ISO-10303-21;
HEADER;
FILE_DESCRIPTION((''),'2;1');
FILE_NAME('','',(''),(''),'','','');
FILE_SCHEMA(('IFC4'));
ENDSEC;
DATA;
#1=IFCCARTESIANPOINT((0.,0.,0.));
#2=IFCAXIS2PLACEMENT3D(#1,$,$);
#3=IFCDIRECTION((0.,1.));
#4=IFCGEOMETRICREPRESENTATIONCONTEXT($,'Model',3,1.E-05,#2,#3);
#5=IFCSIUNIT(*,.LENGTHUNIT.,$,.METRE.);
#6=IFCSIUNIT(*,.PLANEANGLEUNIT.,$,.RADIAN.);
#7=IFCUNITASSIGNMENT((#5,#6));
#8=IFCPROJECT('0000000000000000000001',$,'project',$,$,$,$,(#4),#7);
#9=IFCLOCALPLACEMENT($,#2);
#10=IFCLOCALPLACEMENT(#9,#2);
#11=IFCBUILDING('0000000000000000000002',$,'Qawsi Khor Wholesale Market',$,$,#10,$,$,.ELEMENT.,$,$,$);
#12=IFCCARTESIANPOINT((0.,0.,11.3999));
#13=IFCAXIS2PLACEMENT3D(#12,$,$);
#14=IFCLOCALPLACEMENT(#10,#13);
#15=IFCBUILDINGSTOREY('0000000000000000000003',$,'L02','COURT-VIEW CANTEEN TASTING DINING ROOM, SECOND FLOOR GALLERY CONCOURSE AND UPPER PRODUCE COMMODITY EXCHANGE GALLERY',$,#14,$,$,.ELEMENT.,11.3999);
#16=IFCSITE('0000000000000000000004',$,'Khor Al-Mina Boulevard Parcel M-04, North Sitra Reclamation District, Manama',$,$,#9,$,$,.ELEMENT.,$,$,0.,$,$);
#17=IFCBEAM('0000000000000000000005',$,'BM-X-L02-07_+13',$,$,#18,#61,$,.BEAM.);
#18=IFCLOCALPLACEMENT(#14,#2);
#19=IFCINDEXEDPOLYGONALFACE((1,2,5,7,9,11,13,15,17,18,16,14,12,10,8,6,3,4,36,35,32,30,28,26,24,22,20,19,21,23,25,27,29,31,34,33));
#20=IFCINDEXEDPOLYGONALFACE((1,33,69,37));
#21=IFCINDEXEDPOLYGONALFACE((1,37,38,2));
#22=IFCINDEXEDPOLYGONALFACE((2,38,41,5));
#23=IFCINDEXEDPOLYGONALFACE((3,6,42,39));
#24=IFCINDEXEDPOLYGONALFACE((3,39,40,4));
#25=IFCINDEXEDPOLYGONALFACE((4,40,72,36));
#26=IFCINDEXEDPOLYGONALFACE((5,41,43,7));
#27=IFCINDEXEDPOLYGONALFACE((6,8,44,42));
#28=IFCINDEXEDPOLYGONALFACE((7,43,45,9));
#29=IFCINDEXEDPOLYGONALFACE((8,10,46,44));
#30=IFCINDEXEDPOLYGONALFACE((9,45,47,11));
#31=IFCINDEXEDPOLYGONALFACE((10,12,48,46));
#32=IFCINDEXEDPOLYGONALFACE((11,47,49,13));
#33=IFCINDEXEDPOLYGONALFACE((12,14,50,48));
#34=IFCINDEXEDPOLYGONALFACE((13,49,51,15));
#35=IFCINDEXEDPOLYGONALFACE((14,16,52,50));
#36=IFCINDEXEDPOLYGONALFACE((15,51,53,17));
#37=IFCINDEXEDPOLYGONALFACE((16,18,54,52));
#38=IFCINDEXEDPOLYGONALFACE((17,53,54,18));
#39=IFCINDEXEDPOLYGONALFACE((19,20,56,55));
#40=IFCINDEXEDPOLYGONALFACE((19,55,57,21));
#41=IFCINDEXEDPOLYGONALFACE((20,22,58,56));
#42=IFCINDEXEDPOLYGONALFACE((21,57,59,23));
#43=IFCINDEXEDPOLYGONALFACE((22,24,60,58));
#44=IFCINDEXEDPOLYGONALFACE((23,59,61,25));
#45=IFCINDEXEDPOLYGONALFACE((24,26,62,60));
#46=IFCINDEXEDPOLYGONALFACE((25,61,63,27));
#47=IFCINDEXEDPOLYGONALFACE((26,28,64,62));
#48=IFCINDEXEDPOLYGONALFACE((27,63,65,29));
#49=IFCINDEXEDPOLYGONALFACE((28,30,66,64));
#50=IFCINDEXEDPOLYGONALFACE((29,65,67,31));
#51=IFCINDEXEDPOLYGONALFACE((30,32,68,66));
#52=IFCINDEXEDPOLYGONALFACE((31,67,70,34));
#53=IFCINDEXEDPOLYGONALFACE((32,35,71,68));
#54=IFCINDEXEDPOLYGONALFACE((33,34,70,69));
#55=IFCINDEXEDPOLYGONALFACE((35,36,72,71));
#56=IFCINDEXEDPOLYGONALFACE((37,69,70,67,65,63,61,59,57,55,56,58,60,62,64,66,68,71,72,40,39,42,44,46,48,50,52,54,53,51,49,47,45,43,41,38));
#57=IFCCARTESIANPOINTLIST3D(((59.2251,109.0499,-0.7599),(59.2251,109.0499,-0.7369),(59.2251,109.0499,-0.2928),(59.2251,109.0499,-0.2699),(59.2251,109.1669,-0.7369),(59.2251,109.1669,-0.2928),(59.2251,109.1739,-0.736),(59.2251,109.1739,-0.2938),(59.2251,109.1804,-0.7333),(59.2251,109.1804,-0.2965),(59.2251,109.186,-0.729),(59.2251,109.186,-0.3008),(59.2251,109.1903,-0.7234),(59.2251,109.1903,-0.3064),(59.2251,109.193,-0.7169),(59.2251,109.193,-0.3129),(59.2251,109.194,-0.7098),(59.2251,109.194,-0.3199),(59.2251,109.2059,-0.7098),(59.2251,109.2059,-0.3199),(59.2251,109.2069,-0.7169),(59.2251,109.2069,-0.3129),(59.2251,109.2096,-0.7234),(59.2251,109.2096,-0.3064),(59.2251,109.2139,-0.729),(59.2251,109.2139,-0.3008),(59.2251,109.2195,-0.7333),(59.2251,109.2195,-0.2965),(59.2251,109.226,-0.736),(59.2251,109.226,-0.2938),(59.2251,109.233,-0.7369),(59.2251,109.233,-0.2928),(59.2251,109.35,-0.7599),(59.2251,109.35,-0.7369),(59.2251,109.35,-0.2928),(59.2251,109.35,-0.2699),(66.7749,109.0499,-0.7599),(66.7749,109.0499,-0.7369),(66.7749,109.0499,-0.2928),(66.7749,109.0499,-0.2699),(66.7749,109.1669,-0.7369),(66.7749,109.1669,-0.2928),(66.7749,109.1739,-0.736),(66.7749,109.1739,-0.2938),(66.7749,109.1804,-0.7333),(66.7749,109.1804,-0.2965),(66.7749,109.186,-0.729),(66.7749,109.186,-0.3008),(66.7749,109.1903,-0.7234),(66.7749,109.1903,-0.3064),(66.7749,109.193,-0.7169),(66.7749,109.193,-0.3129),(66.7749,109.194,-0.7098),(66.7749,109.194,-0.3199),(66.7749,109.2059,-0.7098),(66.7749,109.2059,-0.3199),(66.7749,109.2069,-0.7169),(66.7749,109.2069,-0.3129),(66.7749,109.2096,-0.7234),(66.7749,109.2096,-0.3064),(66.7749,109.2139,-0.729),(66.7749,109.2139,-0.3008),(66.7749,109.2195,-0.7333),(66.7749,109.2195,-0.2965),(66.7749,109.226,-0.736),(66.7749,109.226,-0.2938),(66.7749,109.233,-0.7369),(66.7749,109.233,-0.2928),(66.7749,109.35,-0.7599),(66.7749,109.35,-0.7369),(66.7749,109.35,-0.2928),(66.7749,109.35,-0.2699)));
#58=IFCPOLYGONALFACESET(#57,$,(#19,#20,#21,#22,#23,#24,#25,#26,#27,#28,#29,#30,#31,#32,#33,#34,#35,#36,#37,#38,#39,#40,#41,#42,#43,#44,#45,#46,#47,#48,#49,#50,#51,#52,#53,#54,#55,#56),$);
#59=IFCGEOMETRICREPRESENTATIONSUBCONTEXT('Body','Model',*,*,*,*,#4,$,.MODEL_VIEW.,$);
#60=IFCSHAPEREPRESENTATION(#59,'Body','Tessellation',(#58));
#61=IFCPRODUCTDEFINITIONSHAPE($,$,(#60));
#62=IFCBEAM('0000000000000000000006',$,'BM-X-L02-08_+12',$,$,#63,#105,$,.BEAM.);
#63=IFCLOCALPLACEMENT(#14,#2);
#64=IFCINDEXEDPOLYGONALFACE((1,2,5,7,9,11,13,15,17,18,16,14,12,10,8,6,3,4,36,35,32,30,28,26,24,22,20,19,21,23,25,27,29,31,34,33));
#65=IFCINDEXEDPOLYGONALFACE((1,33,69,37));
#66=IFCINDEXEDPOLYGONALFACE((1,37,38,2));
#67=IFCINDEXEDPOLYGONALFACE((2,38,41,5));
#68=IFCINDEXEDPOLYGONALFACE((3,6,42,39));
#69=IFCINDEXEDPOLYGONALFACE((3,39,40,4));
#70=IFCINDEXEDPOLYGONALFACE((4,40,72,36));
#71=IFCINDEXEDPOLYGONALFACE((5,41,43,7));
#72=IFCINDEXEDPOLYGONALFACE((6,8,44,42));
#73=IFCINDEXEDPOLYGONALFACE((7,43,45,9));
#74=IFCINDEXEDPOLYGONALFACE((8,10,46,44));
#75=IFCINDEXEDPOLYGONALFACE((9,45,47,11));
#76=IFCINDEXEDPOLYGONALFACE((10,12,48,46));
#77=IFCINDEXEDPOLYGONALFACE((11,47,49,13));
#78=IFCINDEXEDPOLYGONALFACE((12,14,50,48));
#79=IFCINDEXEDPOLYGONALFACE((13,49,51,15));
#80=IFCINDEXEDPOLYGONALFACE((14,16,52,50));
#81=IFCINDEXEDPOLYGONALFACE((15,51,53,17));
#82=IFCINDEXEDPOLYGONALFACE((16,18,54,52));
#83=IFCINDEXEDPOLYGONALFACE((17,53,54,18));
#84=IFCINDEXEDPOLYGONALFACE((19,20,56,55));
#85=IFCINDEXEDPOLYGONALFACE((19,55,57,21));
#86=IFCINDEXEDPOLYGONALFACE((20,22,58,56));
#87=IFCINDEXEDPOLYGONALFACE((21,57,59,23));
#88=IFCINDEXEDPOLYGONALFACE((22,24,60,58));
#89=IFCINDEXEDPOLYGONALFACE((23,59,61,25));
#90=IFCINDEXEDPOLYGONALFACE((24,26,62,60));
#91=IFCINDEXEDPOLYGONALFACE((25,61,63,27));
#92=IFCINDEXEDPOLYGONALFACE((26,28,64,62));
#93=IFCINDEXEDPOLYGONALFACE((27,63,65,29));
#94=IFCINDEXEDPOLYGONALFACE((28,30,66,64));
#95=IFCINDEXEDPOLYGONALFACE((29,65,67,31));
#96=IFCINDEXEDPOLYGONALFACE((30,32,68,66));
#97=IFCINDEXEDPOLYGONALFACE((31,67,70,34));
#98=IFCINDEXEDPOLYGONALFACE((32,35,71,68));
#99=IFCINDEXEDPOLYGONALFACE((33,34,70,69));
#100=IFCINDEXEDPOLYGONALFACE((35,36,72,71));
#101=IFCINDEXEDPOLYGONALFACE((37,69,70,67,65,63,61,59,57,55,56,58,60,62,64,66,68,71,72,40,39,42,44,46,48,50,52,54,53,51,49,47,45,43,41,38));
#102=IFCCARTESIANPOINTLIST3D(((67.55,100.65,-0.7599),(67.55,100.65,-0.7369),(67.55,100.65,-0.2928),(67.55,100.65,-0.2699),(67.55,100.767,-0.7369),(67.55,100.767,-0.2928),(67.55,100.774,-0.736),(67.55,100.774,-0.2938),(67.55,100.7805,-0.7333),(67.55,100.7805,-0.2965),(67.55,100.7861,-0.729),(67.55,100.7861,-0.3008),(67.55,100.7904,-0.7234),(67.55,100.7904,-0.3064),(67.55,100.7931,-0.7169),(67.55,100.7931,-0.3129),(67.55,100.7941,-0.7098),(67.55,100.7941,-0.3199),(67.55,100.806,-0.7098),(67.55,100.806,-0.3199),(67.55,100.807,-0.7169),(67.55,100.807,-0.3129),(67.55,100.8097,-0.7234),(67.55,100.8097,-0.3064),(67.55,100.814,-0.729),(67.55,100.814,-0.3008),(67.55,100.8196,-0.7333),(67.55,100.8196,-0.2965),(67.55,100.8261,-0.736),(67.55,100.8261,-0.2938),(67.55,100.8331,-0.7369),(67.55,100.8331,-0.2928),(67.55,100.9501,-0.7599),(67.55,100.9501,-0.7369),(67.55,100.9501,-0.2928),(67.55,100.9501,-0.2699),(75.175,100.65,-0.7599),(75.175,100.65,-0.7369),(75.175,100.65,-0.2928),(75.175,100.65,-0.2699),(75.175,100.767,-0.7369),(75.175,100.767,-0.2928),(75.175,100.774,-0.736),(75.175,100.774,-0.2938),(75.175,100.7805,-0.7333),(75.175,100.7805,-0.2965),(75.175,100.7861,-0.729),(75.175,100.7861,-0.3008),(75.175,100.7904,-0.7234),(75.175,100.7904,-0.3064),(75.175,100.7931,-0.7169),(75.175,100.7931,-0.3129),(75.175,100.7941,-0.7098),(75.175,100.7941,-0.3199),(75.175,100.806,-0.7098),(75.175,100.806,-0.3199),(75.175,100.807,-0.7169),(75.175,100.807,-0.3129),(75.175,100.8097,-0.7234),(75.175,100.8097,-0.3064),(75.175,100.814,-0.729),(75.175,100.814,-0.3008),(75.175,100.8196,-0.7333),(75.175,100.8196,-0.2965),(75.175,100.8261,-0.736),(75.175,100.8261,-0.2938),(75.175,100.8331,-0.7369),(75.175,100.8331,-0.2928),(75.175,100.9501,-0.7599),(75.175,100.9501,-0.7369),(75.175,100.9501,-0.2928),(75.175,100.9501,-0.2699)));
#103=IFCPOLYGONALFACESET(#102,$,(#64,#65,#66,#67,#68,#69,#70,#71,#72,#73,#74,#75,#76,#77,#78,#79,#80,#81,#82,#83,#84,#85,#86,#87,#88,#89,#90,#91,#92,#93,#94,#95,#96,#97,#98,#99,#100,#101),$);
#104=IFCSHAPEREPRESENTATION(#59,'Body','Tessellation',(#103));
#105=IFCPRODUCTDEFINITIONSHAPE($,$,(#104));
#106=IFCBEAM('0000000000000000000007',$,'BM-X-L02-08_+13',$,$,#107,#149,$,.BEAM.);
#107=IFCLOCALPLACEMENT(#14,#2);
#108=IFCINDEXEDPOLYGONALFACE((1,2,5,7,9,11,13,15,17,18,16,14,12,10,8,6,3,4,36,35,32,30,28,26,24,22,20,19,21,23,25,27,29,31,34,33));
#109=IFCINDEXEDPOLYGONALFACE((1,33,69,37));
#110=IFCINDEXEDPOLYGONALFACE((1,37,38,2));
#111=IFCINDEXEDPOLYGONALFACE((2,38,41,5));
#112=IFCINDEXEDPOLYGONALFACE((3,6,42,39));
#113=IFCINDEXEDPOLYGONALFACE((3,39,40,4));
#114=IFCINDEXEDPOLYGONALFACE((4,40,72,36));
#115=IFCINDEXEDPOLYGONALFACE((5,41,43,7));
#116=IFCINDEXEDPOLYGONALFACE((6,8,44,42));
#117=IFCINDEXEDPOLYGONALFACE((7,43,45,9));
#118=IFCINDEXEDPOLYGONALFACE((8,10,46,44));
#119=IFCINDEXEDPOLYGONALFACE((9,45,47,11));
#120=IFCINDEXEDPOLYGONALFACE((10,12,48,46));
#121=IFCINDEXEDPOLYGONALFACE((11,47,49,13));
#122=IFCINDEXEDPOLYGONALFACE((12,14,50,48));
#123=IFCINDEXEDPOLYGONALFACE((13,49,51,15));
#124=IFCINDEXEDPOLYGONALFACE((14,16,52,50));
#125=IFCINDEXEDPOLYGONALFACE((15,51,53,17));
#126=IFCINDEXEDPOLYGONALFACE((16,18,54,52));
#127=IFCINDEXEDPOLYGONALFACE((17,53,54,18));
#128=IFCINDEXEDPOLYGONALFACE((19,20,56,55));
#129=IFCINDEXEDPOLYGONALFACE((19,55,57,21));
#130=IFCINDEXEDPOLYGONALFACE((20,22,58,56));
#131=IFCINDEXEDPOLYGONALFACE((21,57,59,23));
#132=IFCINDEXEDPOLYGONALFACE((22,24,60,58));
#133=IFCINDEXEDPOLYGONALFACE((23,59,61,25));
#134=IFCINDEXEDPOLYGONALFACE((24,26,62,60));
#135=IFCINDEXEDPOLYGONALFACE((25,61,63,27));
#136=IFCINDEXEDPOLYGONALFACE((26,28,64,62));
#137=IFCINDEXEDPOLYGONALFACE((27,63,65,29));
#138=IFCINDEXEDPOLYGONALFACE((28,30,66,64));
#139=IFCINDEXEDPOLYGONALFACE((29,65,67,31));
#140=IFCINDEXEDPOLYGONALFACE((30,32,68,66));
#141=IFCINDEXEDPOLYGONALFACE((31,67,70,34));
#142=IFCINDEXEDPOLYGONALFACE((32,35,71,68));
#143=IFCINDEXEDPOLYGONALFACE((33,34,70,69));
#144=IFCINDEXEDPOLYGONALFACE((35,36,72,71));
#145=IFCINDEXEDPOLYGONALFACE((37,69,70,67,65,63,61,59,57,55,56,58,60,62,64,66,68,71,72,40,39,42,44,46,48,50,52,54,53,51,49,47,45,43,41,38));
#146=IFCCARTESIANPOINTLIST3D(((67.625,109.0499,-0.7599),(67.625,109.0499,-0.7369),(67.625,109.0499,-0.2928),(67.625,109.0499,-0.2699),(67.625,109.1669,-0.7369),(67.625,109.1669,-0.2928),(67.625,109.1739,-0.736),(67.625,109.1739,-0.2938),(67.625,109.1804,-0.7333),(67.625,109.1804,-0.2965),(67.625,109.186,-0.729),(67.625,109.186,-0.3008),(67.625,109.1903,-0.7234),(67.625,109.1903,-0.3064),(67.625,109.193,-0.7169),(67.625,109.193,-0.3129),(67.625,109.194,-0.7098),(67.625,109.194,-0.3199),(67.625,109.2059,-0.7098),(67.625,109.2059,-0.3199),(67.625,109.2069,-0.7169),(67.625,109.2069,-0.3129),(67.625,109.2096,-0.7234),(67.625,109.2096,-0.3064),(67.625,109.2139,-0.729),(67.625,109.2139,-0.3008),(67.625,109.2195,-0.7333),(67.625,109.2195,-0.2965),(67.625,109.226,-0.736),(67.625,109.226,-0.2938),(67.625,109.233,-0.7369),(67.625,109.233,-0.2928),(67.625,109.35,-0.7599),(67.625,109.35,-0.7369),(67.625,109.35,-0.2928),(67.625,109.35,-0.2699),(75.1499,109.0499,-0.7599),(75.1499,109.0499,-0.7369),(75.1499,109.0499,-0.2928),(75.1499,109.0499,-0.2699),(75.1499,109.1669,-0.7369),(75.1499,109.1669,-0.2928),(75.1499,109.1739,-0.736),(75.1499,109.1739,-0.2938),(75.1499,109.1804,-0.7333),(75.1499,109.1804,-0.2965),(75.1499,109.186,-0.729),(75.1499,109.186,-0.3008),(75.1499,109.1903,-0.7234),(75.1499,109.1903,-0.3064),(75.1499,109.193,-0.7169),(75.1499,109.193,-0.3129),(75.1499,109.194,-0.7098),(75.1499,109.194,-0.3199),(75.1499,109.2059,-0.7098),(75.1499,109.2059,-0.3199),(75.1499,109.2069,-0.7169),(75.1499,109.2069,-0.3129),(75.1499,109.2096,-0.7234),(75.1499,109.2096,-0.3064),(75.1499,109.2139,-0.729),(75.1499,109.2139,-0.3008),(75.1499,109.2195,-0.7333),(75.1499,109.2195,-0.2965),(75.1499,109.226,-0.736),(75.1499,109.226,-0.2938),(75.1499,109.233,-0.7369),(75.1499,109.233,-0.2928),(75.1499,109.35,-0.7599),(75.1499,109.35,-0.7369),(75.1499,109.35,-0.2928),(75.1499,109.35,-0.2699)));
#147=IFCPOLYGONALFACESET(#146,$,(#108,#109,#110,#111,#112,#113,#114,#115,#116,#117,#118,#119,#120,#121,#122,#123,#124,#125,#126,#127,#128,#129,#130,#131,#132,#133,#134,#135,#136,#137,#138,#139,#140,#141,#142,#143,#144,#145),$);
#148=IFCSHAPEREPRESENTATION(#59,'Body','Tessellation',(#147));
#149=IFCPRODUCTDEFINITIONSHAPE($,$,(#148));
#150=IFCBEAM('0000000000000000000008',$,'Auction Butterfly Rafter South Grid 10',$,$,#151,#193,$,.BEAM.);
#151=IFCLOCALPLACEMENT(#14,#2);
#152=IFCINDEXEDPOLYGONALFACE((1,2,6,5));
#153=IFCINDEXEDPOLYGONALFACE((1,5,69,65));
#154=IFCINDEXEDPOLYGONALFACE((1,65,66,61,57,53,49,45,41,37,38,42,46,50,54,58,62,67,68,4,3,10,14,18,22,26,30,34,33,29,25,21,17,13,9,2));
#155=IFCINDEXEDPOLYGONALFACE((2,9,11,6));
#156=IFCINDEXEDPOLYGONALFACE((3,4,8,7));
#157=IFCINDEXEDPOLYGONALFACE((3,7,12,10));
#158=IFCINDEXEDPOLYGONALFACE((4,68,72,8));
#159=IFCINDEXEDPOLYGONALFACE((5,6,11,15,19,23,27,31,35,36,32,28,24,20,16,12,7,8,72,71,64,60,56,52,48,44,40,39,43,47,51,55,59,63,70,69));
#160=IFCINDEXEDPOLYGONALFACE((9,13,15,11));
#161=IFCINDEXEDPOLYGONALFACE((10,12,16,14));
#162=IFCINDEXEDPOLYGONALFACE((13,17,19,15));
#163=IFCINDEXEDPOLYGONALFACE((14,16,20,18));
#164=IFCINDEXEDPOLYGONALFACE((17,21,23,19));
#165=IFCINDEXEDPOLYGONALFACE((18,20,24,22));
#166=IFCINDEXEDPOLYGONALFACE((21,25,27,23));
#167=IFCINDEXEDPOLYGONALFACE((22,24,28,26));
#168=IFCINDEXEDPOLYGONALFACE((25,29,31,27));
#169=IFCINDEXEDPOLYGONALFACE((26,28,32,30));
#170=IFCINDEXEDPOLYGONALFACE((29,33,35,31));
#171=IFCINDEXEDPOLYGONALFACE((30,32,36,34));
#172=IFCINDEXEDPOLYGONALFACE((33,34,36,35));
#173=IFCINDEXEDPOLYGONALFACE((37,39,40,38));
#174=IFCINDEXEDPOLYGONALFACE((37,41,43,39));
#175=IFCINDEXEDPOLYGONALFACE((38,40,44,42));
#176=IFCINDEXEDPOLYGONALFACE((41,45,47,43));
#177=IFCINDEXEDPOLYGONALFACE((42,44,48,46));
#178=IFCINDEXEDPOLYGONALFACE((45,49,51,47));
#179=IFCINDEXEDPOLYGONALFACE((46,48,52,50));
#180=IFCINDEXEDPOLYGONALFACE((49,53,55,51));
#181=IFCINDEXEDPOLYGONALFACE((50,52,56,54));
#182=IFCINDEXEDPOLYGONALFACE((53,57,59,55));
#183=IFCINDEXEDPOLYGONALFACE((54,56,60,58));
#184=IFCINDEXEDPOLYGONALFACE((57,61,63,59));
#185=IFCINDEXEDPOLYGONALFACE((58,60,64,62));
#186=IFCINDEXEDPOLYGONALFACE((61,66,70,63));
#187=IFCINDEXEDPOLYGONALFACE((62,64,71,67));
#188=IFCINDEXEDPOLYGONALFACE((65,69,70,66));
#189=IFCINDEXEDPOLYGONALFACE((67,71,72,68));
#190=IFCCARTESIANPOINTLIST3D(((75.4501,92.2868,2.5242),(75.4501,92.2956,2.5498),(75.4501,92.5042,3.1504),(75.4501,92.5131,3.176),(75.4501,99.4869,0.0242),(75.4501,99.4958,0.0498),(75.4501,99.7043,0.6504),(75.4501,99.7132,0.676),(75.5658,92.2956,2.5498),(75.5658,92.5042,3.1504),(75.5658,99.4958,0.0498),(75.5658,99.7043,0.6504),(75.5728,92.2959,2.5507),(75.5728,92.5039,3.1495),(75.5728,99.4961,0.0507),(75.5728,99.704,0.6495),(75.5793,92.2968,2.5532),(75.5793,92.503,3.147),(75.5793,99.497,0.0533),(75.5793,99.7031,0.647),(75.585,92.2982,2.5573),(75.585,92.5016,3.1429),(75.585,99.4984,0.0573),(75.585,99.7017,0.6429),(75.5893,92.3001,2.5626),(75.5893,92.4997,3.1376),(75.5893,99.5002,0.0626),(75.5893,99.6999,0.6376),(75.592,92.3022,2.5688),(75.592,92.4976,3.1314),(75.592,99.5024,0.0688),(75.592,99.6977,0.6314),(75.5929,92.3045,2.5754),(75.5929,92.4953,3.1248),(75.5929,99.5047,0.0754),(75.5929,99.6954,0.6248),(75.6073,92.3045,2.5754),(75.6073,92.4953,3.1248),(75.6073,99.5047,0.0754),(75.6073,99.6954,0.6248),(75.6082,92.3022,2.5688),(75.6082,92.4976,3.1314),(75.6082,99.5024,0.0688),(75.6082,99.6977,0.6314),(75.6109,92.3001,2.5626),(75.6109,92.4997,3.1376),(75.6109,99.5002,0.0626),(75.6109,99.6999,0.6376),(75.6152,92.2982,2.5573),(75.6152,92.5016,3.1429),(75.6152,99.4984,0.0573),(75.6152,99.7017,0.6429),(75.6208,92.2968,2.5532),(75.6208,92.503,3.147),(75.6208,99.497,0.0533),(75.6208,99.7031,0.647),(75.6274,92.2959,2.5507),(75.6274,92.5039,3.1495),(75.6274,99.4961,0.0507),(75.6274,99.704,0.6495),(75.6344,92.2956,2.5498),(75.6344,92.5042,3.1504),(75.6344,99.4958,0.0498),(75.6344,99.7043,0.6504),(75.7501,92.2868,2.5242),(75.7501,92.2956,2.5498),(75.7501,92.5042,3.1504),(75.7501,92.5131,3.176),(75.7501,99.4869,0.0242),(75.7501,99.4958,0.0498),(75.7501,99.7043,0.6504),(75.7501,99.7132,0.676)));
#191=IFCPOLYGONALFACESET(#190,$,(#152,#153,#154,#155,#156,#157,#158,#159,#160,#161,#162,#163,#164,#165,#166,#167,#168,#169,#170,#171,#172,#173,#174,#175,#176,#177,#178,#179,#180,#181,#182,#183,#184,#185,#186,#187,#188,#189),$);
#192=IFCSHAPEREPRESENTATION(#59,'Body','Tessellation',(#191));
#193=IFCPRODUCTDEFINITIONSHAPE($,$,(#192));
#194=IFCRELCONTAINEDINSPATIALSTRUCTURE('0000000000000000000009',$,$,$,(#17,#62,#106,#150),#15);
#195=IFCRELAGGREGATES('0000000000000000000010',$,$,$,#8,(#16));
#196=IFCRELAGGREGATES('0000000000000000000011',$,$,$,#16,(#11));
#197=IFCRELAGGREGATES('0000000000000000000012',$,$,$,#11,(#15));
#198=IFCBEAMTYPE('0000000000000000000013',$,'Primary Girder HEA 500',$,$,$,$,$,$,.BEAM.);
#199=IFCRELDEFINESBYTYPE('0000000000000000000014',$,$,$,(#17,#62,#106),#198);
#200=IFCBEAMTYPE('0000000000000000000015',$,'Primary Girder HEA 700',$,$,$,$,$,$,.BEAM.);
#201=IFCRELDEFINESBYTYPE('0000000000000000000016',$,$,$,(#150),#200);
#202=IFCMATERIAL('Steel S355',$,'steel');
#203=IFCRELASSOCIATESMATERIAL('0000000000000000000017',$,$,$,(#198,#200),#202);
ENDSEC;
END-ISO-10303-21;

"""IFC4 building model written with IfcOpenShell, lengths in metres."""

from ifc_helpers import new_model, si_unit, direction, frame, origin, origin_2d, place, context, subcontext, project, spatial, i_section, extrude, material, material_profile, profile_set, type_object, element, save


model = new_model("IFC4")

# Units and contexts
model_context = context("Model", 3, precision=1e-05, world=origin(), true_north=direction((0.0, 1.0)))
body_context = subcontext(model_context, "Body", "Model", "MODEL_VIEW")
ifc_project = project(units=[si_unit("LENGTHUNIT", "METRE"), si_unit("PLANEANGLEUNIT", "RADIAN")], contexts=[model_context])

# Site, building, storey
site_placement = place(None, origin())
site = spatial("IfcSite", under=ifc_project, at=site_placement, Name="Khor Al-Mina Boulevard Parcel M-04, North Sitra Reclamation District, Manama", CompositionType="ELEMENT", RefElevation=0.0)
building_placement = place(site_placement, origin())
building = spatial("IfcBuilding", under=site, at=building_placement, Name="Qawsi Khor Wholesale Market", CompositionType="ELEMENT")
storey_placement = place(building_placement, frame((0.0, 0.0, 11.3999)))
storey = spatial("IfcBuildingStorey", under=building, at=storey_placement, Name="L02", Description="COURT-VIEW CANTEEN TASTING DINING ROOM, SECOND FLOOR GALLERY CONCOURSE AND UPPER PRODUCE COMMODITY EXCHANGE GALLERY", CompositionType="ELEMENT", Elevation=11.3999)

# Shared definitions
ifc_material_1 = material(Name="Steel S355", Category="steel")

# Beams
ifc_material_profile_1 = material_profile(ifc_material_1, i_section(OverallWidth=0.3, OverallDepth=0.49, WebThickness=0.012, FlangeThickness=0.0229, FilletRadius=0.0271, at=origin_2d()), Name="HEA 500")
ifc_profile_set_1 = profile_set([ifc_material_profile_1], Name="Steel S355")
beam_type_1 = type_object("IfcBeamType", Name="Primary Girder HEA 500", PredefinedType="BEAM", material=ifc_profile_set_1)
beam_1_placement = place(storey_placement, frame((59.2251, 109.2, -0.5149), z_axis=(1.0, 0.0, 0.0), x_axis=(0.0, 1.0, 0.0)))
element("IfcBeam", 1, at=beam_1_placement, inside=storey, type_object=beam_type_1, Name="BM-X-L02-07_+13", PredefinedType="BEAM", context=body_context, shape_type="SweptSolid", body=[
    extrude(i_section(OverallWidth=0.3, OverallDepth=0.49, WebThickness=0.012, FlangeThickness=0.0229, FilletRadius=0.0271, at=origin_2d()), origin(), (0.0, 0.0, 1.0), 7.5498),
])
beam_2_placement = place(storey_placement, frame((67.55, 100.8, -0.5149), z_axis=(1.0, 0.0, 0.0), x_axis=(0.0, 1.0, 0.0)))
element("IfcBeam", 2, at=beam_2_placement, inside=storey, type_object=beam_type_1, Name="BM-X-L02-08_+12", PredefinedType="BEAM", context=body_context, shape_type="SweptSolid", body=[
    extrude(i_section(OverallWidth=0.3, OverallDepth=0.49, WebThickness=0.012, FlangeThickness=0.0229, FilletRadius=0.0271, at=origin_2d()), origin(), (0.0, 0.0, 1.0), 7.625),
])
beam_3_placement = place(storey_placement, frame((67.625, 109.2, -0.5149), z_axis=(1.0, 0.0, 0.0), x_axis=(0.0, 1.0, 0.0)))
element("IfcBeam", 3, at=beam_3_placement, inside=storey, type_object=beam_type_1, Name="BM-X-L02-08_+13", PredefinedType="BEAM", context=body_context, shape_type="SweptSolid", body=[
    extrude(i_section(OverallWidth=0.3, OverallDepth=0.49, WebThickness=0.012, FlangeThickness=0.0229, FilletRadius=0.0271, at=origin_2d()), origin(), (0.0, 0.0, 1.0), 7.5249),
])
ifc_material_profile_2 = material_profile(ifc_material_1, i_section(OverallWidth=0.3, OverallDepth=0.6899, WebThickness=0.0144, FlangeThickness=0.0271, FilletRadius=0.0271, at=origin_2d()), Name="HEA 700")
ifc_profile_set_2 = profile_set([ifc_material_profile_2], Name="Steel S355")
beam_type_2 = type_object("IfcBeamType", Name="Primary Girder HEA 700", PredefinedType="BEAM", material=ifc_profile_set_2)
beam_4_placement = place(storey_placement, frame((75.6001, 92.3999, 2.8501), z_axis=(0.0, 0.944676, -0.328004), x_axis=(-1.0, 0.0, 0.0)))
element("IfcBeam", 4, at=beam_4_placement, inside=storey, type_object=beam_type_2, Name="Auction Butterfly Rafter South Grid 10", PredefinedType="BEAM", context=body_context, shape_type="SweptSolid", body=[
    extrude(i_section(OverallWidth=0.3, OverallDepth=0.6899, WebThickness=0.0144, FlangeThickness=0.0271, FilletRadius=0.0271, at=origin_2d()), origin(), (0.0, 0.0, 1.0), 7.6218),
])

save(model, "model.ifc")
